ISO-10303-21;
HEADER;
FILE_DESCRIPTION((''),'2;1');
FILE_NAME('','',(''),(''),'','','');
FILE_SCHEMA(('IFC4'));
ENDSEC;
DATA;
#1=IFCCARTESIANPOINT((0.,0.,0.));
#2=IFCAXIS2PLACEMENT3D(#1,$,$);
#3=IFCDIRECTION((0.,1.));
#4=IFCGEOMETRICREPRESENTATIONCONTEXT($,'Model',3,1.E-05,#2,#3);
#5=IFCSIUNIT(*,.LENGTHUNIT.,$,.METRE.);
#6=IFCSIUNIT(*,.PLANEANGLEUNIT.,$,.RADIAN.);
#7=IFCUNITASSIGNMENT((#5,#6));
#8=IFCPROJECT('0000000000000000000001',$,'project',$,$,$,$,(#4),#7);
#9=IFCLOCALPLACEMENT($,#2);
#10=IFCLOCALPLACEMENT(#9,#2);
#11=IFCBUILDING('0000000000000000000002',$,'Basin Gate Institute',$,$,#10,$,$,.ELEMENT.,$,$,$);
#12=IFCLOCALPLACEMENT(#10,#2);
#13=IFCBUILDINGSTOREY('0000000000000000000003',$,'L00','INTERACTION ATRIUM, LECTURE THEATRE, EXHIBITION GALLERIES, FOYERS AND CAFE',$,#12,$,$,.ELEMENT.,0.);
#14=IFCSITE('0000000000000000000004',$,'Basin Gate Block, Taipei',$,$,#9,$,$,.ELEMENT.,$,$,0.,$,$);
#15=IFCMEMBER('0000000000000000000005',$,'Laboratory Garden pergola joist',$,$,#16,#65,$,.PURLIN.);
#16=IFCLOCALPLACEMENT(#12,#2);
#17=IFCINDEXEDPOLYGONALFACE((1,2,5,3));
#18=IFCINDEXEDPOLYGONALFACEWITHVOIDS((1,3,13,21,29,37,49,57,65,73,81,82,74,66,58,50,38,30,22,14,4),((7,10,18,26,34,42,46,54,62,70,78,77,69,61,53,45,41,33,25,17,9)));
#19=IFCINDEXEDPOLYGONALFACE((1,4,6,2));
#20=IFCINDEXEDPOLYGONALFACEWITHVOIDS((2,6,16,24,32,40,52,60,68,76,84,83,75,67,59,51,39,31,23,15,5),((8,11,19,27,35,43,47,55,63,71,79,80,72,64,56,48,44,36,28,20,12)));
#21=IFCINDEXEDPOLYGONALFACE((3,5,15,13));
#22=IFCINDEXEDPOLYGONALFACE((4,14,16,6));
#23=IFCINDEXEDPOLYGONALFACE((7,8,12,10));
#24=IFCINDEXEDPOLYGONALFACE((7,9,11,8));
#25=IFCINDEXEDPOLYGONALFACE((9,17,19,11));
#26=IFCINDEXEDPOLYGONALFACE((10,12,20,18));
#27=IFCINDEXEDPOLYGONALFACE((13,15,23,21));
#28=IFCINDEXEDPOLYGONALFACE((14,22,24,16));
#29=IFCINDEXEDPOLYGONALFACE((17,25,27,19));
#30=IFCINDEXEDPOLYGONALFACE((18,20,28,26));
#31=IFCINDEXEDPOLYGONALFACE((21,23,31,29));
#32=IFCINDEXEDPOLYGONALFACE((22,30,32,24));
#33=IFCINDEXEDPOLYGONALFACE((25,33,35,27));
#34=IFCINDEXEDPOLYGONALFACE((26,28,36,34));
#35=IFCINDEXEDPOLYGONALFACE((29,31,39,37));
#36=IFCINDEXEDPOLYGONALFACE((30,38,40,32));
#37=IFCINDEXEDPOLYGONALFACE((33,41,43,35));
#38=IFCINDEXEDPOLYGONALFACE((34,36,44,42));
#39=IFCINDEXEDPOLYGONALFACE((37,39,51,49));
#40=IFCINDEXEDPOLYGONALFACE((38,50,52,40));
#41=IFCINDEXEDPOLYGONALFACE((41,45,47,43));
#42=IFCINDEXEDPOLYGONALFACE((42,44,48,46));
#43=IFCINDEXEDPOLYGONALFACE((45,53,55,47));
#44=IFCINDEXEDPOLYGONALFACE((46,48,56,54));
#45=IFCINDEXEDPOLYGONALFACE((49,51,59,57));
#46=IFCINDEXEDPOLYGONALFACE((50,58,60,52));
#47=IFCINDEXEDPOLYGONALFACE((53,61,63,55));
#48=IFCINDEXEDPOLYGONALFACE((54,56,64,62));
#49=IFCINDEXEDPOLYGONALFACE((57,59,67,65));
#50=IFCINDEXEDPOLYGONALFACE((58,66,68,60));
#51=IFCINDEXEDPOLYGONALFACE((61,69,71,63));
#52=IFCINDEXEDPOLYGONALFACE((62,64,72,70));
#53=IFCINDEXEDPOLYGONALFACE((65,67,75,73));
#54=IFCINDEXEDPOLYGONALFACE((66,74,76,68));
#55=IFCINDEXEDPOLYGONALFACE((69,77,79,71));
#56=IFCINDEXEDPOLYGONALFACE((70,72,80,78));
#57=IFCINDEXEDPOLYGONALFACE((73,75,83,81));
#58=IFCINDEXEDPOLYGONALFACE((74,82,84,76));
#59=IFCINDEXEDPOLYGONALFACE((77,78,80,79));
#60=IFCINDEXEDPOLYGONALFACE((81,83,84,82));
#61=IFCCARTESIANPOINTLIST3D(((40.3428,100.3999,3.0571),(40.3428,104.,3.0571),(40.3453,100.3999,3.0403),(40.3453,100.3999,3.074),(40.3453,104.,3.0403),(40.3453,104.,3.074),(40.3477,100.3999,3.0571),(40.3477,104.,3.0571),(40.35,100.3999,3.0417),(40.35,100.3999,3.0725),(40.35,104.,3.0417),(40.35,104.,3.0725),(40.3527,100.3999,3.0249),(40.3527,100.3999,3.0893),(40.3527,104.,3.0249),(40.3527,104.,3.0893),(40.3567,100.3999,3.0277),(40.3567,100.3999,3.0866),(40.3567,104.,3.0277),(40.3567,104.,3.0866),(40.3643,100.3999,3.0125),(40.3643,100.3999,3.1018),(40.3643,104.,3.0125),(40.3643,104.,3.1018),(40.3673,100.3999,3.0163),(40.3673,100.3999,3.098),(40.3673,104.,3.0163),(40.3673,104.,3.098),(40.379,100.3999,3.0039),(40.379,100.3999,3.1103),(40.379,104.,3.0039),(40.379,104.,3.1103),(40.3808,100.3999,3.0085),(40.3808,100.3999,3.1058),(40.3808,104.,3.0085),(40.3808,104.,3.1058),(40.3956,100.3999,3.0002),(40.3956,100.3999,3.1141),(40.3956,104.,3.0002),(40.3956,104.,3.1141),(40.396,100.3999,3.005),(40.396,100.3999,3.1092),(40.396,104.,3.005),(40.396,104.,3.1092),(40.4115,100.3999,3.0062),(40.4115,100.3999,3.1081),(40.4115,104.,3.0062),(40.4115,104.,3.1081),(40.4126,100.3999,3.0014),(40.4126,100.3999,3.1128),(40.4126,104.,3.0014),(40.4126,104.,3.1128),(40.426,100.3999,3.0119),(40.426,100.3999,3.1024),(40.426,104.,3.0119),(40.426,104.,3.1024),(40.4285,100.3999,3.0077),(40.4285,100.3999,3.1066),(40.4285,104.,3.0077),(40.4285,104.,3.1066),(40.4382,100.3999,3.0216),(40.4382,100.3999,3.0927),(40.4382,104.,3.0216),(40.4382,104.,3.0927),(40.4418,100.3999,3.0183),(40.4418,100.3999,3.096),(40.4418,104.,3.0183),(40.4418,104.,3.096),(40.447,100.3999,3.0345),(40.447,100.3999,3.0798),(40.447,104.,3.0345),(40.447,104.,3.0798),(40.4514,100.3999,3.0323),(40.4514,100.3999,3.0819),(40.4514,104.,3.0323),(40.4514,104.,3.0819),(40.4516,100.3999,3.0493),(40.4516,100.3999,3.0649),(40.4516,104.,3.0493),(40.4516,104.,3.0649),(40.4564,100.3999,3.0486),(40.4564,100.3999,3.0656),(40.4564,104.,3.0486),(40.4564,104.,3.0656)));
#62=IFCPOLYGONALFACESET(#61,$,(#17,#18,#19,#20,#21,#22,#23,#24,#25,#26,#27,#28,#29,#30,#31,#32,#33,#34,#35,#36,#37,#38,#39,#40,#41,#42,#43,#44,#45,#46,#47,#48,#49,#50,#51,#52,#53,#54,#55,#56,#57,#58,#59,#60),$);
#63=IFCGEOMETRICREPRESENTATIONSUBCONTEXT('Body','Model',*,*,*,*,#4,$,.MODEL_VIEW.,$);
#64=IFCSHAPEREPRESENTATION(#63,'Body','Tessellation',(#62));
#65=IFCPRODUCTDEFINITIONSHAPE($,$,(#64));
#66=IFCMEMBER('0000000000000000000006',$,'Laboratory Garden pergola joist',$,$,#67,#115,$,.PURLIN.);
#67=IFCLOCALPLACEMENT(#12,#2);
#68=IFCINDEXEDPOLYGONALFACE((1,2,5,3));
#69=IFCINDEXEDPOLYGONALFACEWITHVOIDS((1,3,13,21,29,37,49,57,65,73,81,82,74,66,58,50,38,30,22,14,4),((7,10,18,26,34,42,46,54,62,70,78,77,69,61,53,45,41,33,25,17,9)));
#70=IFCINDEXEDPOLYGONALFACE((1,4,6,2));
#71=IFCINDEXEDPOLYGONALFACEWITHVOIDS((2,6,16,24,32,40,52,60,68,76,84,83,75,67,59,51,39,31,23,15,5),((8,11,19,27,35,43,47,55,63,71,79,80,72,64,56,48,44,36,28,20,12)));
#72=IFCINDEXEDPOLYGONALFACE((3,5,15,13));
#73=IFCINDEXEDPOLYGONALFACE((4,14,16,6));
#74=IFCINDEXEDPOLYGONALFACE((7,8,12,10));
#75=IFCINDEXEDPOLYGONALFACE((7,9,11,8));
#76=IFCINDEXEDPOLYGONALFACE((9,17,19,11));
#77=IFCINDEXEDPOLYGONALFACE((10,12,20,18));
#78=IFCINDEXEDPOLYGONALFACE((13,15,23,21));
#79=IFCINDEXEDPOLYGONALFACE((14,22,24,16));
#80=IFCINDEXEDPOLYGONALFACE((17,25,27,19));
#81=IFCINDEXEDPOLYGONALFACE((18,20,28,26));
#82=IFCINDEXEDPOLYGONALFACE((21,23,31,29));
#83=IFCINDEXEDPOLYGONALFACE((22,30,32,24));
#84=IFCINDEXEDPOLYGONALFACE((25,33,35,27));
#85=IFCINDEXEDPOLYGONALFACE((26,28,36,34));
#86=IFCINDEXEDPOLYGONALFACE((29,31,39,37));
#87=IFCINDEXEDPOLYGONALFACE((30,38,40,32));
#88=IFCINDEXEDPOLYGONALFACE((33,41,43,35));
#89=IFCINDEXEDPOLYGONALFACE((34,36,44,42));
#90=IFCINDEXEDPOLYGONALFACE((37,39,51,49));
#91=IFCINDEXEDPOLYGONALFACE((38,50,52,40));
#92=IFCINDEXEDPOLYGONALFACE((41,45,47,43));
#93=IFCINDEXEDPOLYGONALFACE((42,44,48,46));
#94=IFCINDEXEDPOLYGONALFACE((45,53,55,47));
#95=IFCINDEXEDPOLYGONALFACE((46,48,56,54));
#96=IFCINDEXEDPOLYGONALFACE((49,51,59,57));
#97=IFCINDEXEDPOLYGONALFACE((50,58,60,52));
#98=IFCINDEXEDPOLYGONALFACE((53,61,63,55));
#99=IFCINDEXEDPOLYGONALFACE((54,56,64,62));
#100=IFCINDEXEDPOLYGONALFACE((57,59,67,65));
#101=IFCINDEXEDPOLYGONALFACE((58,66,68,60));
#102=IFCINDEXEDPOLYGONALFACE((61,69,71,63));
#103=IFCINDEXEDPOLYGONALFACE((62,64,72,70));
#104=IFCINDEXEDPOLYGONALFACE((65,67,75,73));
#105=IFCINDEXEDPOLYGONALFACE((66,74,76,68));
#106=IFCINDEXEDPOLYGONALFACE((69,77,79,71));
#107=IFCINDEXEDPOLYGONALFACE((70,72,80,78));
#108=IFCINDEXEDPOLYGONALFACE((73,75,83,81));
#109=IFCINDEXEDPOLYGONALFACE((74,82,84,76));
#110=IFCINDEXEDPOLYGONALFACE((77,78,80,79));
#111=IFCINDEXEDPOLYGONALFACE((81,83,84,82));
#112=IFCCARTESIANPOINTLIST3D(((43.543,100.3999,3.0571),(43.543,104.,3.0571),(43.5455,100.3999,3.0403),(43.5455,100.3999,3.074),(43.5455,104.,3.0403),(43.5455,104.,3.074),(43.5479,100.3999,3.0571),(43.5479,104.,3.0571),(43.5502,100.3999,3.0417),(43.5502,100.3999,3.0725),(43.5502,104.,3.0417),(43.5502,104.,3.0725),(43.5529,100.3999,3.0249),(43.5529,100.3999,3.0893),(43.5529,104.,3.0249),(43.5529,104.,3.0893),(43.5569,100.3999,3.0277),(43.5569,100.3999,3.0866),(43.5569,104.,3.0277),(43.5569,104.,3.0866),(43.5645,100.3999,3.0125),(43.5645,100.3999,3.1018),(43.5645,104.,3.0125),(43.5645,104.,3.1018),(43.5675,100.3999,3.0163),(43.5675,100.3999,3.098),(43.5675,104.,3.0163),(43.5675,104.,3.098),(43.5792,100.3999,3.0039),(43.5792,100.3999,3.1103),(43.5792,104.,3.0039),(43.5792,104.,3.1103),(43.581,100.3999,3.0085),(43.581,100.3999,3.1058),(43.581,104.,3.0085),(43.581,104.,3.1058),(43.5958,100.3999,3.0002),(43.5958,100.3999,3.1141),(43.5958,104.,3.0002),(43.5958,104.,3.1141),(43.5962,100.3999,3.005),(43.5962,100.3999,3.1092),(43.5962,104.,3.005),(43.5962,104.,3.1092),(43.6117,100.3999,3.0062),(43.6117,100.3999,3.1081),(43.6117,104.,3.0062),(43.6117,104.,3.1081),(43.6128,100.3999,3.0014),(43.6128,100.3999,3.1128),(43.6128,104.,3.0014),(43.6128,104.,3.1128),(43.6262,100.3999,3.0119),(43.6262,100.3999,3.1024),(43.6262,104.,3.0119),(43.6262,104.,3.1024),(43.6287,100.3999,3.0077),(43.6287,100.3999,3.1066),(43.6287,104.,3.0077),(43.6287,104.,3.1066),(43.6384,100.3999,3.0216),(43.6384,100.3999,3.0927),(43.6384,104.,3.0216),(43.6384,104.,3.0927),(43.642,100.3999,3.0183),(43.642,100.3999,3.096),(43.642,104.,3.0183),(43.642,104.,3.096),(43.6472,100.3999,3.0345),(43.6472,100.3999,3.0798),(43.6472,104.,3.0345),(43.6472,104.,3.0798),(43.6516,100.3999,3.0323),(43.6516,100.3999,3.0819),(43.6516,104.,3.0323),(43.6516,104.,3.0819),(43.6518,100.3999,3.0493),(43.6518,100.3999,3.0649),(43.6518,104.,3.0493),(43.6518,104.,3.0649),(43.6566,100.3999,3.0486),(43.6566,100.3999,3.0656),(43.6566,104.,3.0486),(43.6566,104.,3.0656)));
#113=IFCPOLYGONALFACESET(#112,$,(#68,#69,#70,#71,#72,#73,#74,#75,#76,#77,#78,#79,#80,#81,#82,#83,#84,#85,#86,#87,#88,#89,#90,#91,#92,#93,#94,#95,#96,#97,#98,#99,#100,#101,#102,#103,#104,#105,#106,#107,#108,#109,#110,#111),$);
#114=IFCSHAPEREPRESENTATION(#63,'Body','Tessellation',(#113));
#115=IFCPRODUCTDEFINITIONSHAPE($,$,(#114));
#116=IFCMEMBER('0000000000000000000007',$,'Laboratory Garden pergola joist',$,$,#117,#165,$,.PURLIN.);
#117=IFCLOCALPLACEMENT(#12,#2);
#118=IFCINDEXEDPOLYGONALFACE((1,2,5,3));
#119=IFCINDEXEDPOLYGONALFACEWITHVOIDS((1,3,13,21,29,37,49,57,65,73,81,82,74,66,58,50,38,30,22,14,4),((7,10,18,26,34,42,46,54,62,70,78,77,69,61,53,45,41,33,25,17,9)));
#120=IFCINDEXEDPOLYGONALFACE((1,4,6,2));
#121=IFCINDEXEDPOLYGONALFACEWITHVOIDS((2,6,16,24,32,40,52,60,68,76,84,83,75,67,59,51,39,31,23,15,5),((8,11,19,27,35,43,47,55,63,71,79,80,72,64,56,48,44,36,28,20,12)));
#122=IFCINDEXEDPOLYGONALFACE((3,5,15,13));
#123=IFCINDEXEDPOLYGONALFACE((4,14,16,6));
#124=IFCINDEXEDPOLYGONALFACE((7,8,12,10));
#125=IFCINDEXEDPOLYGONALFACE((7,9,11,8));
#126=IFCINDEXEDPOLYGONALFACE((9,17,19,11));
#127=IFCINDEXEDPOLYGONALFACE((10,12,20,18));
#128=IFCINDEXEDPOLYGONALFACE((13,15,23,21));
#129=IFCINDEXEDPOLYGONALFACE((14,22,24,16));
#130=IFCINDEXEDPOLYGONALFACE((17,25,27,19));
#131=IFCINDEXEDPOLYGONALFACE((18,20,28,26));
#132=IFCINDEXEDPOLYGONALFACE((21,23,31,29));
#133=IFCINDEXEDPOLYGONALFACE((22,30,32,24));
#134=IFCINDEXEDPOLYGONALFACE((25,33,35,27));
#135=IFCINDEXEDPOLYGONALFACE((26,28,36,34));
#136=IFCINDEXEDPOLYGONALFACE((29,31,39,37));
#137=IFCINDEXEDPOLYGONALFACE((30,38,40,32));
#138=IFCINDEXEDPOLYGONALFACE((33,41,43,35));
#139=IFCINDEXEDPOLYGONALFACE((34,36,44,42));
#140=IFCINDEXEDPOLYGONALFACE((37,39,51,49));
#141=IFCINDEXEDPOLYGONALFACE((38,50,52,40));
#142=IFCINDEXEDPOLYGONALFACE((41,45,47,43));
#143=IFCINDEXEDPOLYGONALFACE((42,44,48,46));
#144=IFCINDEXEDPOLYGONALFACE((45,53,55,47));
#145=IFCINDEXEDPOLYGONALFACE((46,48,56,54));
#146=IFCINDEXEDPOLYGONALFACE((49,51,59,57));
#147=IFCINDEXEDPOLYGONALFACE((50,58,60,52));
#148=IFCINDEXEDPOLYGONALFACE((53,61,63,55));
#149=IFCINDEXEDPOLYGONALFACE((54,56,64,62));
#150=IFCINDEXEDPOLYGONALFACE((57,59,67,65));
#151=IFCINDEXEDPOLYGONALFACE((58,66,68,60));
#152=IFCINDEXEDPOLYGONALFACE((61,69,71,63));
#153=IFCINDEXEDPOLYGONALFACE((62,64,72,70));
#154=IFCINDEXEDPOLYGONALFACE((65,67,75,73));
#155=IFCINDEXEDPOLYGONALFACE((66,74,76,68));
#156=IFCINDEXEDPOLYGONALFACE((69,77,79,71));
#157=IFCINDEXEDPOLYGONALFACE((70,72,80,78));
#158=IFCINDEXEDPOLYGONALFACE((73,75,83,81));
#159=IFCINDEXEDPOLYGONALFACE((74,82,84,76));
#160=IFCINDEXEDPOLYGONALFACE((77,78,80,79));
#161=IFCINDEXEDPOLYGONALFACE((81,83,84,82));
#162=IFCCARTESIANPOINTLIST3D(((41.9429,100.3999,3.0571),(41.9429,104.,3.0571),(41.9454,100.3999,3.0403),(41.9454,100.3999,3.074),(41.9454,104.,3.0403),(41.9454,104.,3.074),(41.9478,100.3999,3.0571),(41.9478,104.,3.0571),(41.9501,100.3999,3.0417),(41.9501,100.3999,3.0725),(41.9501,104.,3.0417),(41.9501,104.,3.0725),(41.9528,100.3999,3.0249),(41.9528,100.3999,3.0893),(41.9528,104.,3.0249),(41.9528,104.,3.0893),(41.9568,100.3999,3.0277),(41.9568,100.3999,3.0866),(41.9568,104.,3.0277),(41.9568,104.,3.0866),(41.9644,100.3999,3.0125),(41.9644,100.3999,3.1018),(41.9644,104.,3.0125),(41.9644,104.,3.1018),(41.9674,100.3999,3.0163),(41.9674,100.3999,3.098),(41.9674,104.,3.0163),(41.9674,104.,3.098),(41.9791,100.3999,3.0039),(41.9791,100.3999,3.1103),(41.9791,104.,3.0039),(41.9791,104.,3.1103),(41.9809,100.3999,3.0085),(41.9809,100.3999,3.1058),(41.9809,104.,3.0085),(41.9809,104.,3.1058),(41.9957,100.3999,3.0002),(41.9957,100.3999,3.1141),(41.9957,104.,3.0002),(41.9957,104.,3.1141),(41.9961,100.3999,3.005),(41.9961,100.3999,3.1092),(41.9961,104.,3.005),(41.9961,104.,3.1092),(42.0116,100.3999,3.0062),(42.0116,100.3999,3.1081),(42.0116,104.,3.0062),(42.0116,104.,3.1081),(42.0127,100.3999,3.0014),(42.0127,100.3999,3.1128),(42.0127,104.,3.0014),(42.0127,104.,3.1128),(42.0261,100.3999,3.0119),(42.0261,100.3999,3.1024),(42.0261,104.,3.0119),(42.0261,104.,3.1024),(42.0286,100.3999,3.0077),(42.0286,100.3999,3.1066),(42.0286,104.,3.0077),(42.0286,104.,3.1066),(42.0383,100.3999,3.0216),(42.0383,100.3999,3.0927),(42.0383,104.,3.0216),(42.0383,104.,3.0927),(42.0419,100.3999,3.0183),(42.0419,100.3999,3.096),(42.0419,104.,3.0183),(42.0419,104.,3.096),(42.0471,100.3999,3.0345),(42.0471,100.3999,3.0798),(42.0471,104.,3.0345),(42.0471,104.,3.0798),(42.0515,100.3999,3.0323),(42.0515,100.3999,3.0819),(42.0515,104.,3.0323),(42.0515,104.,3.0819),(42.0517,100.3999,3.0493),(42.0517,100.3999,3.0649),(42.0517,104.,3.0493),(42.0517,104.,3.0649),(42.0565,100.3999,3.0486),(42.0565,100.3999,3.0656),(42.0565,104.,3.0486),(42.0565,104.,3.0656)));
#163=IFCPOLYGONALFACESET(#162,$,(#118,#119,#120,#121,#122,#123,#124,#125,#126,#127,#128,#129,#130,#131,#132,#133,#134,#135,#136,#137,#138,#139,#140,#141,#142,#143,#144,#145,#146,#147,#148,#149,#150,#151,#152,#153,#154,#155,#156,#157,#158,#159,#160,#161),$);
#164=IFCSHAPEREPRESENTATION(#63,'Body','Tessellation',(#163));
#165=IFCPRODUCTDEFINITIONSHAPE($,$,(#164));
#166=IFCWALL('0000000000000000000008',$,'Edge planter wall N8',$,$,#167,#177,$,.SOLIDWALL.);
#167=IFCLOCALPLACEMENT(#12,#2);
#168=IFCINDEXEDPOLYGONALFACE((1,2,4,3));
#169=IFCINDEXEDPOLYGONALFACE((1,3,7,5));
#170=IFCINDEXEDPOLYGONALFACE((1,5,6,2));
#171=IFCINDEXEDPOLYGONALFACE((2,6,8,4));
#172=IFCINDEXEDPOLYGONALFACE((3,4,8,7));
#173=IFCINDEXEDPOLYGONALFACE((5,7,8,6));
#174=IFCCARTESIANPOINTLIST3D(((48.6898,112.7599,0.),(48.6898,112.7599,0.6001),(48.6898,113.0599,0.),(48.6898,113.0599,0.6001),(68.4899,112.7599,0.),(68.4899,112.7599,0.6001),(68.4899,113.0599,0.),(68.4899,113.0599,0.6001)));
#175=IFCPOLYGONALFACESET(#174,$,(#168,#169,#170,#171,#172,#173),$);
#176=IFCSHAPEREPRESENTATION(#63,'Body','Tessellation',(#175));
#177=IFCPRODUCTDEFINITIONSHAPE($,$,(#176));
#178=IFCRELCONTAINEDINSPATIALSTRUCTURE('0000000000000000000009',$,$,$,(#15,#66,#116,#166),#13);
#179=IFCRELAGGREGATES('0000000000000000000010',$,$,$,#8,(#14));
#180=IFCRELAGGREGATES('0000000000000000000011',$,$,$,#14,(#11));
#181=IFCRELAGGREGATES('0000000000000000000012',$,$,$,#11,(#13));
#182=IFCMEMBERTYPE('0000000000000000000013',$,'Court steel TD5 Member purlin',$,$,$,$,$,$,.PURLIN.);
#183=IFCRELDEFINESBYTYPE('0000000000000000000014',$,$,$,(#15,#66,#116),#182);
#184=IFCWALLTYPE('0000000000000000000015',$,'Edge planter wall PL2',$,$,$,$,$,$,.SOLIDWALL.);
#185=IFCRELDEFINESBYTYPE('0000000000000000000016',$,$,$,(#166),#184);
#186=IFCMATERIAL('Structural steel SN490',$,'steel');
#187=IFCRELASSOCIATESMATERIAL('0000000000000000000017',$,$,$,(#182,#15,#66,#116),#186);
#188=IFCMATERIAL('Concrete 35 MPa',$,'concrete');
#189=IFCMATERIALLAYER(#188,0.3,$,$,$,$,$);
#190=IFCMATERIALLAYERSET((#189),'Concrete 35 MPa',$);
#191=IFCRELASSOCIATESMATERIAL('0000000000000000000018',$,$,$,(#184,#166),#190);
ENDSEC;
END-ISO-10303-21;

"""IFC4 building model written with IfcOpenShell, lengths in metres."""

from ifc_helpers import new_model, si_unit, direction, frame, frame_2d, origin, origin_2d, place, context, subcontext, project, spatial, rectangle, hollow_circle, extrude, material, layer, layer_set, material_profile, profile_set, type_object, element, save


model = new_model("IFC4")

# Units and contexts
model_context = context("Model", 3, precision=1e-05, world=origin(), true_north=direction((0.0, 1.0)))
body_context = subcontext(model_context, "Body", "Model", "MODEL_VIEW")
ifc_project = project(units=[si_unit("LENGTHUNIT", "METRE"), si_unit("PLANEANGLEUNIT", "RADIAN")], contexts=[model_context])

# Site, building, storey
site_placement = place(None, origin())
site = spatial("IfcSite", under=ifc_project, at=site_placement, Name="Basin Gate Block, Taipei", CompositionType="ELEMENT", RefElevation=0.0)
building_placement = place(site_placement, origin())
building = spatial("IfcBuilding", under=site, at=building_placement, Name="Basin Gate Institute", CompositionType="ELEMENT")
storey_placement = place(building_placement, origin())
storey = spatial("IfcBuildingStorey", under=building, at=storey_placement, Name="L00", Description="INTERACTION ATRIUM, LECTURE THEATRE, EXHIBITION GALLERIES, FOYERS AND CAFE", CompositionType="ELEMENT", Elevation=0.0)

# Members
ifc_material_1 = material(Name="Structural steel SN490", Category="steel")
ifc_material_profile_1 = material_profile(ifc_material_1, hollow_circle(Radius=0.0571, WallThickness=0.0049, at=origin_2d()), Name="CHS114x5")
ifc_profile_set_1 = profile_set([ifc_material_profile_1], Name="Structural steel SN490")
member_type = type_object("IfcMemberType", Name="Court steel TD5 Member purlin", PredefinedType="PURLIN", material=ifc_profile_set_1)
for number, where, z_axis, x_axis, name in (
    (1, (40.3999, 100.3999, 3.0571), (0.0, 1.0, 0.0), (-1.0, 0.0, 0.0), "Laboratory Garden pergola joist"),
    (2, (43.6001, 100.3999, 3.0571), (0.0, 1.0, 0.0), (-1.0, 0.0, 0.0), "Laboratory Garden pergola joist"),
    (3, (42.0, 100.3999, 3.0571), (0.0, 1.0, 0.0), (-1.0, 0.0, 0.0), "Laboratory Garden pergola joist"),
):
    element("IfcMember", number, at=place(storey_placement, frame(where, z_axis=z_axis, x_axis=x_axis)), inside=storey, type_object=member_type, material=ifc_profile_set_1, Name=name, PredefinedType="PURLIN", context=body_context, shape_type="SweptSolid", body=[
        extrude(hollow_circle(Radius=0.0571, WallThickness=0.0049, at=origin_2d()), origin(), (0.0, 0.0, 1.0), 3.6001),
    ])

# Wall
ifc_material_2 = material(Name="Concrete 35 MPa", Category="concrete")
ifc_layer = layer(ifc_material_2, 0.3)
ifc_layer_set = layer_set([ifc_layer], Name="Concrete 35 MPa")
wall_type = type_object("IfcWallType", Name="Edge planter wall PL2", PredefinedType="SOLIDWALL", material=ifc_layer_set)
wall_placement = place(storey_placement, frame((48.6899, 112.9099, 0.0), z_axis=(0.0, 0.0, 1.0), x_axis=(1.0, 0.0, 0.0)))
element("IfcWall", 4, at=wall_placement, inside=storey, type_object=wall_type, material=ifc_layer_set, Name="Edge planter wall N8", PredefinedType="SOLIDWALL", context=body_context, shape_type="SweptSolid", body=[
    extrude(rectangle(XDim=19.8, YDim=0.3, at=frame_2d((9.8999, 0.0))), origin(), (0.0, 0.0, 1.0), 0.6001),
])

save(model, "model.ifc")
